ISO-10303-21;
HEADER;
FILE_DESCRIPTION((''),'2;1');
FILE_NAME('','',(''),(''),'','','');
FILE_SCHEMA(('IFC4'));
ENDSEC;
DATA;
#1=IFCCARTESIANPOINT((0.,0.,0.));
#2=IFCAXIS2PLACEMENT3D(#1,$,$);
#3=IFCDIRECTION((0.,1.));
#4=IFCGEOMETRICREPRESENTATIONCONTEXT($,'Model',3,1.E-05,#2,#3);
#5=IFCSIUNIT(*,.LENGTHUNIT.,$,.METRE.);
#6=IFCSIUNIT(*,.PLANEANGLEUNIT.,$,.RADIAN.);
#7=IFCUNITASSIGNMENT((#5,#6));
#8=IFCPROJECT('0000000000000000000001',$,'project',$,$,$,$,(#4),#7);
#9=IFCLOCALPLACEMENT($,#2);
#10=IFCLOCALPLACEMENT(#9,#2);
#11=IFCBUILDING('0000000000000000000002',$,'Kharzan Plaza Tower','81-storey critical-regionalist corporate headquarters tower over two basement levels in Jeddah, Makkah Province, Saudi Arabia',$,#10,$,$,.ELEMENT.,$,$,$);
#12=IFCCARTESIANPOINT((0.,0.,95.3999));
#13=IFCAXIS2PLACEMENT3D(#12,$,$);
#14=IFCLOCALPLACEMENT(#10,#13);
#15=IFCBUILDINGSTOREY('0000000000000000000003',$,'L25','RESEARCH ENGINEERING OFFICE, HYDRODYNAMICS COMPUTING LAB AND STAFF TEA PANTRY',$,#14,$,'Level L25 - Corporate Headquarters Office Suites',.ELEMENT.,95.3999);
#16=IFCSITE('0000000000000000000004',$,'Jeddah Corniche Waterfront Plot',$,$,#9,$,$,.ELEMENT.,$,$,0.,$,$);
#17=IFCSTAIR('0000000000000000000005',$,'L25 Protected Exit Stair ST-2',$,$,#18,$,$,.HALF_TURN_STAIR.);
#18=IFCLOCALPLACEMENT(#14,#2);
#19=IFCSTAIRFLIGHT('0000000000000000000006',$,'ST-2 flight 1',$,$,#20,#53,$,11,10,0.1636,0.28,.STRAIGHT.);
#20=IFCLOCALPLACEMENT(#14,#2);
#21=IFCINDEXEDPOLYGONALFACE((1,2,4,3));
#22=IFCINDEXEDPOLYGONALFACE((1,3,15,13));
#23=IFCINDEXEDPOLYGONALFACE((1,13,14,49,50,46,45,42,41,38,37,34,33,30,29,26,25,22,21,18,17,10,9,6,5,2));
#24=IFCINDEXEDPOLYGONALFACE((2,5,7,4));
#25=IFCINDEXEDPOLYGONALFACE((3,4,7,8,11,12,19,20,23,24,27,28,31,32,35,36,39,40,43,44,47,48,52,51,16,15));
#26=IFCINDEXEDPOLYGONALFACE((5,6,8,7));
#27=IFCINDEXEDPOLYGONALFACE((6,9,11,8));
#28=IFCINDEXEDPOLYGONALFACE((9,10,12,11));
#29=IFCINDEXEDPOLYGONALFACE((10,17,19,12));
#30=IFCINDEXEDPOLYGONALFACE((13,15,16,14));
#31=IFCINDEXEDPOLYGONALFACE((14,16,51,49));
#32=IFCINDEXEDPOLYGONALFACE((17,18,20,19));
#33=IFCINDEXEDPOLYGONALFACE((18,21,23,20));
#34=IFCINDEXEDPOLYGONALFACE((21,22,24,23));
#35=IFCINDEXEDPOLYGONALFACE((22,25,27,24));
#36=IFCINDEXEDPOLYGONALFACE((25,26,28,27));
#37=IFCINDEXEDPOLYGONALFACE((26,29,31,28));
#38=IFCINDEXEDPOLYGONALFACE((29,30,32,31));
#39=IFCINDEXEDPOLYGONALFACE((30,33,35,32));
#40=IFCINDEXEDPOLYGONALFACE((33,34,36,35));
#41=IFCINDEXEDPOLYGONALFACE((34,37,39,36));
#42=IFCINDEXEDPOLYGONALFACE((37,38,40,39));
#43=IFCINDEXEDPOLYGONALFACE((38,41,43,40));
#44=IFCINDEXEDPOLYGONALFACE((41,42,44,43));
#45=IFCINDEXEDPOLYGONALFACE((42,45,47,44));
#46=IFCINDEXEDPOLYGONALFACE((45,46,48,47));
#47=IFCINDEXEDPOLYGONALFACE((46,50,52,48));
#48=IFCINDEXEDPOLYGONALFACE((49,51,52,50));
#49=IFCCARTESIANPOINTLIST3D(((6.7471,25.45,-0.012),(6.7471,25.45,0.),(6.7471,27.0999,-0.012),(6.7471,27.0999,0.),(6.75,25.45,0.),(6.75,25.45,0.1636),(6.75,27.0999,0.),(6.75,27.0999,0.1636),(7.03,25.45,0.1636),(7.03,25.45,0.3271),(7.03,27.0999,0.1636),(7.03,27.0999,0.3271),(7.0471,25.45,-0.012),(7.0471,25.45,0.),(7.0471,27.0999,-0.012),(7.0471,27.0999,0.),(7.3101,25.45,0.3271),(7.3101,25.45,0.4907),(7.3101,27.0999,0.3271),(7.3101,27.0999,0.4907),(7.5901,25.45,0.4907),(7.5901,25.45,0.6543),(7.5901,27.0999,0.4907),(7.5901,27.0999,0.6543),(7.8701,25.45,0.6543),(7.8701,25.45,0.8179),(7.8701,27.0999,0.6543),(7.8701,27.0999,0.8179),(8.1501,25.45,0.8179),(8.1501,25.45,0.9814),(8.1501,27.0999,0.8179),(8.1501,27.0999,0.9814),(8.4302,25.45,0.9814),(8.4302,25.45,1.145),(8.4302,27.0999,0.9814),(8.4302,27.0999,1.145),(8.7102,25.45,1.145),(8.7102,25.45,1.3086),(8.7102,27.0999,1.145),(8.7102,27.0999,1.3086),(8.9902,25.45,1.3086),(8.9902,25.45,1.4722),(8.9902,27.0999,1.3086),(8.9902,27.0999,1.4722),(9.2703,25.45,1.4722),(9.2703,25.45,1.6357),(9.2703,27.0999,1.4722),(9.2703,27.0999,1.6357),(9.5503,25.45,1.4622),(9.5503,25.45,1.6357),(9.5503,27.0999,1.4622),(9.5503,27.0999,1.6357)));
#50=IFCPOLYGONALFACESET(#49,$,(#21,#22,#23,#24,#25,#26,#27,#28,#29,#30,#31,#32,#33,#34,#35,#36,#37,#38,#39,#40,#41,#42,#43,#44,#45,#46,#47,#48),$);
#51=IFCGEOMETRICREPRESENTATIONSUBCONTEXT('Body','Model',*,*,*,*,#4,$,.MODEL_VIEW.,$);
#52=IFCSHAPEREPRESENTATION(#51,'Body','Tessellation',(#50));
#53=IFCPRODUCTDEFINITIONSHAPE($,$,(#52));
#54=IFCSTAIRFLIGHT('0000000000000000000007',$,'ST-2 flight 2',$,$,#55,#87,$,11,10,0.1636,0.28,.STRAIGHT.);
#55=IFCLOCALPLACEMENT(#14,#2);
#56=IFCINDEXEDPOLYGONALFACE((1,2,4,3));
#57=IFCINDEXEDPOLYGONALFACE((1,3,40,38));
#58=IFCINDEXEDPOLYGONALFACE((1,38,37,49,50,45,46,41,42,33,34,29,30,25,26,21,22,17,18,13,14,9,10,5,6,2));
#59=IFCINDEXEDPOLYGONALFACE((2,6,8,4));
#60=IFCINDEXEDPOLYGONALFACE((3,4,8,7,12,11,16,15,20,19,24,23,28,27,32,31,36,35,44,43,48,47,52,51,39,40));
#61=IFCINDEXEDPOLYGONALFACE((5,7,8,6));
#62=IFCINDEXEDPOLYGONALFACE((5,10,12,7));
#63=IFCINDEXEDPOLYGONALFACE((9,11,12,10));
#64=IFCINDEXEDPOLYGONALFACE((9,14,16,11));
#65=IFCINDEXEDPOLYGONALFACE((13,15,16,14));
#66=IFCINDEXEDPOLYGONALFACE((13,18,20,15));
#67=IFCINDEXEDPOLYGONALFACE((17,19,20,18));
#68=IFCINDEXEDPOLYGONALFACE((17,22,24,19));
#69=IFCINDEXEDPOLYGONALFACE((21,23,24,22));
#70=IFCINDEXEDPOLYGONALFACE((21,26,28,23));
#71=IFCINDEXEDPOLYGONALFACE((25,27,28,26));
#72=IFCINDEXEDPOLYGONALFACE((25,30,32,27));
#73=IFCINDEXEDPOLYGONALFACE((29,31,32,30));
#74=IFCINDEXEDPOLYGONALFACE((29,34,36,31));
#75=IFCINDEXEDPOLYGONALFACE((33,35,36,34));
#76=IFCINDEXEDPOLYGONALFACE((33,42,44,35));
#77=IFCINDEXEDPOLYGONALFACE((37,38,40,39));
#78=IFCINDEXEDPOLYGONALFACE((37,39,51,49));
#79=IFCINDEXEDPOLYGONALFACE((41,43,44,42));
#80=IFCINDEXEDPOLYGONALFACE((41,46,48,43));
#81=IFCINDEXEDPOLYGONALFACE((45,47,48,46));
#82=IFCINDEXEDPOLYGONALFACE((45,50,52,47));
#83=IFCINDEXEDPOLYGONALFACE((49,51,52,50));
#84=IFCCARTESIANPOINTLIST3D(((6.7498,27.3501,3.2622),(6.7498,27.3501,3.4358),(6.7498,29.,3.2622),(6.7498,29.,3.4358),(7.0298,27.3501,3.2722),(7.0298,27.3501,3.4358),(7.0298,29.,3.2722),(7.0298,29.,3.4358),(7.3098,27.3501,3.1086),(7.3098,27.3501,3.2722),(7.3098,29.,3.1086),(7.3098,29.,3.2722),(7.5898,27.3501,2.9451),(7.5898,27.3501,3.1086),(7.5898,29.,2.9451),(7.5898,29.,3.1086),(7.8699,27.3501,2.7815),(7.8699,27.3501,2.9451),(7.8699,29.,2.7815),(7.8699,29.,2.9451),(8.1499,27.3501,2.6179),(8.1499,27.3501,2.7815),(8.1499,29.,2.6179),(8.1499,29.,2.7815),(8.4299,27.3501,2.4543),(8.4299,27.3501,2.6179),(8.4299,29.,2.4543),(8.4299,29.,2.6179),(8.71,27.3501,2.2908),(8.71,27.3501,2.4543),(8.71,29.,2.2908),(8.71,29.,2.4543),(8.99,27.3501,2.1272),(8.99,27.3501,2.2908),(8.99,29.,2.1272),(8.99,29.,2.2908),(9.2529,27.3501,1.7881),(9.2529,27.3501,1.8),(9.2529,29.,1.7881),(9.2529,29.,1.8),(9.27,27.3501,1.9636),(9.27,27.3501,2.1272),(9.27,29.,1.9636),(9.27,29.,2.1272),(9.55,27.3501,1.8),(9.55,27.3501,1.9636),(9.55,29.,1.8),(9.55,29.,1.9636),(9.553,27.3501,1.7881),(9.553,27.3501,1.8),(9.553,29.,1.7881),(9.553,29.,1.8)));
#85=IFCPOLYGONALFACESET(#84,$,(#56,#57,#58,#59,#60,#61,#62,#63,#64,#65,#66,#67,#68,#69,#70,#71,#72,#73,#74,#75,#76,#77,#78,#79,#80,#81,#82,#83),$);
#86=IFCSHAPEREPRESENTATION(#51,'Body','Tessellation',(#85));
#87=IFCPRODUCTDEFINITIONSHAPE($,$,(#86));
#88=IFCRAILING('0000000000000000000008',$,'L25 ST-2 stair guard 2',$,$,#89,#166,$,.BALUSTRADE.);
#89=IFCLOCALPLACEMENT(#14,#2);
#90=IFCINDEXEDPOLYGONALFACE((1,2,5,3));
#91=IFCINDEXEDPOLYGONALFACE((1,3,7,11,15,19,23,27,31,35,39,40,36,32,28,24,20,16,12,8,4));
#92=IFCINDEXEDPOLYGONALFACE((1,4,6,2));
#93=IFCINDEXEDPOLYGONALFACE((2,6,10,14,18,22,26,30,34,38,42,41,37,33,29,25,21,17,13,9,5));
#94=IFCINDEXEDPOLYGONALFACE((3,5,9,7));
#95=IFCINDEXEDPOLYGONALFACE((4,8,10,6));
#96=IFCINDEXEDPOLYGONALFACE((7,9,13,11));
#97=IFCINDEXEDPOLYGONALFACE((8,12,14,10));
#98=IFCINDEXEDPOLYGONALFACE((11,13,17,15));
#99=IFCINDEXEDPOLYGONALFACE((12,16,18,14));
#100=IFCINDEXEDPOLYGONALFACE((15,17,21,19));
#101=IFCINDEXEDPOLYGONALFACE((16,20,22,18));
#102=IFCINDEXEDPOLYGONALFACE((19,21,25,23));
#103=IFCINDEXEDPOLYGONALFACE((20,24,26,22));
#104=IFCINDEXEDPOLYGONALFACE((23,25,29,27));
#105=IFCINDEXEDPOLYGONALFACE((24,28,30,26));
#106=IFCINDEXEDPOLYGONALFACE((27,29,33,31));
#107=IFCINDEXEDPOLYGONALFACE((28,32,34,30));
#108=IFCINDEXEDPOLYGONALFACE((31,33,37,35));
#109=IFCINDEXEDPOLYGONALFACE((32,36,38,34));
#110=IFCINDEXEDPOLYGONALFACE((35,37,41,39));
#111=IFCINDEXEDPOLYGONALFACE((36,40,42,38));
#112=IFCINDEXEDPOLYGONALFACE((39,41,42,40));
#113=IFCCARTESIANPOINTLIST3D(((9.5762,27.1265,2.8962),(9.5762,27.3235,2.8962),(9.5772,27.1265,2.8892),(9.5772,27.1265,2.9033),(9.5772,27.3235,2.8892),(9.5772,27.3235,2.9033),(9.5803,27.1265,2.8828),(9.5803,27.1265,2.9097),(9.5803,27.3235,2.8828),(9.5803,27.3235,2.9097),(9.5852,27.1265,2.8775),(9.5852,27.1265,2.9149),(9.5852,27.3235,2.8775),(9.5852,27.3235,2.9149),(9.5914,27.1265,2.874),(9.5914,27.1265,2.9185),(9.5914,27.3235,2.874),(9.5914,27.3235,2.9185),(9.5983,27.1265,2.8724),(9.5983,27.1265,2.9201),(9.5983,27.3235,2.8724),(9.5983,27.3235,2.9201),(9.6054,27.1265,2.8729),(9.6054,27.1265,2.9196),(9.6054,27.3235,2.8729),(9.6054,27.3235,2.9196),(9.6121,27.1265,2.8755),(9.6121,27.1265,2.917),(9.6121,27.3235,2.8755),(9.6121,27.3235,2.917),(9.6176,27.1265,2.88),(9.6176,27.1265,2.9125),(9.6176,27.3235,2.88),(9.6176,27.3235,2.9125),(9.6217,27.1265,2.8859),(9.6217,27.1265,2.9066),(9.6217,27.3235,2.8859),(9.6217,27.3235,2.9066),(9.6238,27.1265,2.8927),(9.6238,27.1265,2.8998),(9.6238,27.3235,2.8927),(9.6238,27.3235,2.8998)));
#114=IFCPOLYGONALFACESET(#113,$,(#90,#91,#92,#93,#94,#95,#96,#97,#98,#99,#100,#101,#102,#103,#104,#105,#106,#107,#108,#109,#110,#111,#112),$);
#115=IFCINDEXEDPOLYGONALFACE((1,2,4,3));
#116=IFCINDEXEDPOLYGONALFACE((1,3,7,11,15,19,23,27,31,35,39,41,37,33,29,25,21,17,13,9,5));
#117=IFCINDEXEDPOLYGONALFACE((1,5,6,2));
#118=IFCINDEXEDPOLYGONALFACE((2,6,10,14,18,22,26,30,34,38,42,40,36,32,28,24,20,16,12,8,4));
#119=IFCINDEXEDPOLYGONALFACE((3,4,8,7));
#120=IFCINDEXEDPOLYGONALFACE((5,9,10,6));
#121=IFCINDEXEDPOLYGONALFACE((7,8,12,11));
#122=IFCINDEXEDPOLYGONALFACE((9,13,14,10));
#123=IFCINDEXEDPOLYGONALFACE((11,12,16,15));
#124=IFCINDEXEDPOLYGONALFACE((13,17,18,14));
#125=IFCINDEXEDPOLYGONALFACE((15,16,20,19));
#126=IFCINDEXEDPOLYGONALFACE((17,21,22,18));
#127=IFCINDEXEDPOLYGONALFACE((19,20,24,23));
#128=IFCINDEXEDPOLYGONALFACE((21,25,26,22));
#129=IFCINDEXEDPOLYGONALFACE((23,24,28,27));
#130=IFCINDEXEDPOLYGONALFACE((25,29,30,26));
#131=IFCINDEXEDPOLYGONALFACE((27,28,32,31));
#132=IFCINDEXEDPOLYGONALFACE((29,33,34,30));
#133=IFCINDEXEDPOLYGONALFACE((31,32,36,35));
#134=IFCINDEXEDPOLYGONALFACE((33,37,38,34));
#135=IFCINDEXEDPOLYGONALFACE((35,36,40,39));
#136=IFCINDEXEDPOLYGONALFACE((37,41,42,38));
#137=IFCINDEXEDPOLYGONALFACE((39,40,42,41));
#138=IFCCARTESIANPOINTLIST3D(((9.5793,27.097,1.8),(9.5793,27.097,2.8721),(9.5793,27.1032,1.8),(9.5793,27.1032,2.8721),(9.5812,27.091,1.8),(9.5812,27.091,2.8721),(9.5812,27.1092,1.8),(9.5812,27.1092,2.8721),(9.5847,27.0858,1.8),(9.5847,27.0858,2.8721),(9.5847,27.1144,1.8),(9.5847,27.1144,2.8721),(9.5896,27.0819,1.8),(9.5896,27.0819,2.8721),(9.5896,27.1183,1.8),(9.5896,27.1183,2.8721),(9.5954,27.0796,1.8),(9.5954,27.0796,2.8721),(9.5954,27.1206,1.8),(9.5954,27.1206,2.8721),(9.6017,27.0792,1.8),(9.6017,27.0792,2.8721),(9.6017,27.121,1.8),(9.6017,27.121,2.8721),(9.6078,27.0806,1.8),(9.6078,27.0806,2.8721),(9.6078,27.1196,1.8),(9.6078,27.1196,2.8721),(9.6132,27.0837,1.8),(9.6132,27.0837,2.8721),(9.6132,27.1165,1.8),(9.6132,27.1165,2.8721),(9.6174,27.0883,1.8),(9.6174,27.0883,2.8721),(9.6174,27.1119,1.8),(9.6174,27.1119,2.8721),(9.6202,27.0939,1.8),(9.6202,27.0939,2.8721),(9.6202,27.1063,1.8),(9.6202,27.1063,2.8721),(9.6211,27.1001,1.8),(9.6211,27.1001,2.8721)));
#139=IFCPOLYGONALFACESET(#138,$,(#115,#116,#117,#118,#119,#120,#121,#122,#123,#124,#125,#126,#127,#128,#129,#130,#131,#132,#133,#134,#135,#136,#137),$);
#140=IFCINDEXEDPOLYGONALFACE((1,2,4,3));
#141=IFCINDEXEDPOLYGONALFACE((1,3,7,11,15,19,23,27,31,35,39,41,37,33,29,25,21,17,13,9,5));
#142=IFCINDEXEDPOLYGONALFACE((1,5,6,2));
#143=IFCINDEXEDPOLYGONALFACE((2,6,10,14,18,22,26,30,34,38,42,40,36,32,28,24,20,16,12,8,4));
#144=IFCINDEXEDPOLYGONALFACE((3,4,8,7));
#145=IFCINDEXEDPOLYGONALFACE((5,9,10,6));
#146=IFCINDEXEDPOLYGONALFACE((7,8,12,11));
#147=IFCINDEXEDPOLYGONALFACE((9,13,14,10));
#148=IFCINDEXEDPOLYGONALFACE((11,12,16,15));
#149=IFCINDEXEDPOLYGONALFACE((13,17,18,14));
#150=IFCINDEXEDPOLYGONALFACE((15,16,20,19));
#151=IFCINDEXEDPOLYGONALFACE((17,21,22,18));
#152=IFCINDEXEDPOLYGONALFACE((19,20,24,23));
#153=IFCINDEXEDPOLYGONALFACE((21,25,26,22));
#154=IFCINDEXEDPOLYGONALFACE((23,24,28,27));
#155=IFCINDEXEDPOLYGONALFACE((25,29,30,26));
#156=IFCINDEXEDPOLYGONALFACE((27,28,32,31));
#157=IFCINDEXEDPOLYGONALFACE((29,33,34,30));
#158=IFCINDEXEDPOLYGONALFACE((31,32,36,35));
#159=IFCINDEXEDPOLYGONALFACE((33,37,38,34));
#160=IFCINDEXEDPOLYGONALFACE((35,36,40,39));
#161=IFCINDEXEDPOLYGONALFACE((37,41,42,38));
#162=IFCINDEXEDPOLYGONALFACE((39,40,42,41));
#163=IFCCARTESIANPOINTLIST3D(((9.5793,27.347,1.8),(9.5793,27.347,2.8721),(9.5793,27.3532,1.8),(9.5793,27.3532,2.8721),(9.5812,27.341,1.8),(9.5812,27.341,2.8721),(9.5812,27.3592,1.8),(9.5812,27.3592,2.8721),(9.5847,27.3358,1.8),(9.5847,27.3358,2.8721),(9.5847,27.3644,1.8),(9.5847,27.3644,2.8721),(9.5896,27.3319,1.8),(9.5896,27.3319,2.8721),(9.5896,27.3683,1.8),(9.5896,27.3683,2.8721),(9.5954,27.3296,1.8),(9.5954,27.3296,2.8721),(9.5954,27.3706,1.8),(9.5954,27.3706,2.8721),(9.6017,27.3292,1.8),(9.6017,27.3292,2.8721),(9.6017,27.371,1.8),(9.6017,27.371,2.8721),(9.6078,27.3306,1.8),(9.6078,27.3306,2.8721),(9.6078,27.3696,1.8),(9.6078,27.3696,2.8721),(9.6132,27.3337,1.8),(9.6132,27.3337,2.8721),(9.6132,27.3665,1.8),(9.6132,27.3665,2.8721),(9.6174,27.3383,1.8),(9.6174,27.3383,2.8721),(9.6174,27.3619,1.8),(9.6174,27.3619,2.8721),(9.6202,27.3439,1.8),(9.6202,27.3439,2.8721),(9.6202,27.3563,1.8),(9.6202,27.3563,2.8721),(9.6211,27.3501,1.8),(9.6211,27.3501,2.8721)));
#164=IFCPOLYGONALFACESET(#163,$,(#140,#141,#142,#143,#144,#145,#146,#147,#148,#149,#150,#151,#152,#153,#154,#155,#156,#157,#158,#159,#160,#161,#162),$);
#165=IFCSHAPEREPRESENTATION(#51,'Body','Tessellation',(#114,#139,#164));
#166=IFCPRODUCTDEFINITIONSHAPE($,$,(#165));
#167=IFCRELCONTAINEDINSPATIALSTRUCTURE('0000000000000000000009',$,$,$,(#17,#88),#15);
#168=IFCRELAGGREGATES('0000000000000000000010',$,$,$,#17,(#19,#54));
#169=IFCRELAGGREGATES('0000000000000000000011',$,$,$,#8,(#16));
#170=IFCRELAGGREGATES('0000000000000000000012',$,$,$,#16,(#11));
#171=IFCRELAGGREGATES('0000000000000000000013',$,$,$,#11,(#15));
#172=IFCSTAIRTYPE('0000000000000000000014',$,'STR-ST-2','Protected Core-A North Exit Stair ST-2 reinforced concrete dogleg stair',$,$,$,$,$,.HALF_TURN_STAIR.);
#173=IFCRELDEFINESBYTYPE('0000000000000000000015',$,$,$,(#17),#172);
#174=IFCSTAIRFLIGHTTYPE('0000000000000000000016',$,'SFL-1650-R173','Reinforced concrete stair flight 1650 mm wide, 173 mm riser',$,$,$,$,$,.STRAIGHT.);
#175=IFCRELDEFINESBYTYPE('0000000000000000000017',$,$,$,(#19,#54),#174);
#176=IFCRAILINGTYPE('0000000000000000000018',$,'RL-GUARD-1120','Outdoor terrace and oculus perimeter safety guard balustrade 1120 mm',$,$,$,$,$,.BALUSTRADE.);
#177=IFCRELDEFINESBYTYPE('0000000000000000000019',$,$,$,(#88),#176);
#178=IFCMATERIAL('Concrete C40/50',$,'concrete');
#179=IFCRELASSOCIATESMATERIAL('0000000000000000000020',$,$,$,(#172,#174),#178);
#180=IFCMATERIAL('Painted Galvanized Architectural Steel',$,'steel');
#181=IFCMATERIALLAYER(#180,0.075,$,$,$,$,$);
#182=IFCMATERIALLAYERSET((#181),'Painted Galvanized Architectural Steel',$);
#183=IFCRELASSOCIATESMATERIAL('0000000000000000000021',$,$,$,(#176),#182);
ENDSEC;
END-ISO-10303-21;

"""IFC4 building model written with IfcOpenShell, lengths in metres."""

from ifc_helpers import new_model, si_unit, direction, frame, origin, origin_2d, place, context, subcontext, project, spatial, polyline, circle, outline, extrude, source, transform, mapped, material, layer, layer_set, type_object, element, aggregate, save


model = new_model("IFC4")

# Units and contexts
model_context = context("Model", 3, precision=1e-05, world=origin(), true_north=direction((0.0, 1.0)))
body_context = subcontext(model_context, "Body", "Model", "MODEL_VIEW")
ifc_project = project(units=[si_unit("LENGTHUNIT", "METRE"), si_unit("PLANEANGLEUNIT", "RADIAN")], contexts=[model_context])

# Site, building, storey
site_placement = place(None, origin())
site = spatial("IfcSite", under=ifc_project, at=site_placement, Name="Jeddah Corniche Waterfront Plot", CompositionType="ELEMENT", RefElevation=0.0)
building_placement = place(site_placement, origin())
building = spatial("IfcBuilding", under=site, at=building_placement, Name="Kharzan Plaza Tower", Description="81-storey critical-regionalist corporate headquarters tower over two basement levels in Jeddah, Makkah Province, Saudi Arabia", CompositionType="ELEMENT")
storey_placement = place(building_placement, frame((0.0, 0.0, 95.3999)))
storey = spatial("IfcBuildingStorey", under=building, at=storey_placement, Name="L25", Description="RESEARCH ENGINEERING OFFICE, HYDRODYNAMICS COMPUTING LAB AND STAFF TEA PANTRY", LongName="Level L25 - Corporate Headquarters Office Suites", CompositionType="ELEMENT", Elevation=95.3999)

# Shared definitions
ifc_material_1 = material(Name="Concrete C40/50", Category="concrete")

# Stair, stair flights
stair_type = type_object("IfcStairType", Name="STR-ST-2", Description="Protected Core-A North Exit Stair ST-2 reinforced concrete dogleg stair", PredefinedType="HALF_TURN_STAIR", material=ifc_material_1)
stair_placement = place(storey_placement, origin())
stair = element("IfcStair", 1, at=stair_placement, inside=storey, type_object=stair_type, Name="L25 Protected Exit Stair ST-2", PredefinedType="HALF_TURN_STAIR")
stair_flight_type = type_object("IfcStairFlightType", Name="SFL-1650-R173", Description="Reinforced concrete stair flight 1650 mm wide, 173 mm riser", PredefinedType="STRAIGHT", material=ifc_material_1)
shared_shape_1 = source(origin(), body_context, "Body", "SweptSolid", [
    extrude(outline(polyline([(-0.0029, -0.012), (-0.0029, 0.0), (0.0, 0.0), (0.0, 0.1636), (0.28, 0.1636), (0.28, 0.3271), (0.5601, 0.3271), (0.5601, 0.4907), (0.8401, 0.4907), (0.8401, 0.6543), (1.1201, 0.6543), (1.1201, 0.8179), (1.4001, 0.8179), (1.4001, 0.9814), (1.6802, 0.9814), (1.6802, 1.145), (1.9602, 1.145), (1.9602, 1.3086), (2.2402, 1.3086), (2.2402, 1.4722), (2.5203, 1.4722), (2.5203, 1.6357), (2.8003, 1.6357), (2.8003, 1.7993), (2.8003, 1.4622), (0.2971, 0.0), (0.2971, -0.012), (-0.0029, -0.012)])), frame((0.0, 0.825, 0.0), z_axis=(0.0, -1.0, 0.0), x_axis=(1.0, 0.0, 0.0)), (0.0, 0.0, 1.0), 1.6499),
])
stair_flight_1_placement = place(storey_placement, frame((6.75, 26.2749, 0.0), z_axis=(0.0, 0.0, 1.0), x_axis=(1.0, 0.0, 0.0)))
stair_flight_1 = element("IfcStairFlight", 2, at=stair_flight_1_placement, type_object=stair_flight_type, Name="ST-2 flight 1", NumberOfRisers=11, NumberOfTreads=10, PredefinedType="STRAIGHT", RiserHeight=0.1636, TreadLength=0.28, context=body_context, shape_type="MappedRepresentation", body=[
    mapped(shared_shape_1, transform((0.0, 0.0, 0.0), x_axis=(1.0, 0.0, 0.0), y_axis=(0.0, 1.0, 0.0), z_axis=(0.0, 0.0, 1.0))),
])
stair_flight_2_placement = place(storey_placement, frame((9.55, 28.175, 1.8), z_axis=(0.0, 0.0, 1.0), x_axis=(-1.0, 0.0, 0.0)))
stair_flight_2 = element("IfcStairFlight", 3, at=stair_flight_2_placement, type_object=stair_flight_type, Name="ST-2 flight 2", NumberOfRisers=11, NumberOfTreads=10, PredefinedType="STRAIGHT", RiserHeight=0.1636, TreadLength=0.28, context=body_context, shape_type="MappedRepresentation", body=[
    mapped(shared_shape_1, transform((0.0, 0.0, 0.0), x_axis=(1.0, 0.0, 0.0), y_axis=(0.0, 1.0, 0.0), z_axis=(0.0, 0.0, 1.0))),
])
aggregate(stair, [stair_flight_1, stair_flight_2])

# Railing
ifc_material_2 = material(Name="Painted Galvanized Architectural Steel", Category="steel")
ifc_layer_1 = layer(ifc_material_2, 0.075)
ifc_layer_set_1 = layer_set([ifc_layer_1], Name="Painted Galvanized Architectural Steel")
railing_type_1 = type_object("IfcRailingType", Name="RL-GUARD-1120", Description="Outdoor terrace and oculus perimeter safety guard balustrade 1120 mm", PredefinedType="BALUSTRADE", material=ifc_layer_set_1)
shared_shape_2 = source(origin(), body_context, "Body", "SweptSolid", [
    extrude(circle(Radius=0.0239, at=origin_2d()), frame((0.0, 0.0264, 1.0962), z_axis=(0.0, 1.0, 0.0), x_axis=(-1.0, 0.0, 0.0)), (0.0, 0.0, 1.0), 0.197),
    extrude(circle(Radius=0.021, at=origin_2d()), origin(), (0.0, 0.0, 1.0), 1.072),
    extrude(circle(Radius=0.021, at=origin_2d()), frame((0.0, 0.25, 0.0)), (0.0, 0.0, 1.0), 1.072),
])
for number, where, name in (
    (4, (9.6001, 27.1001, 1.8), "L25 ST-2 stair guard 2"),
):
    element("IfcRailing", number, at=place(storey_placement, frame(where)), inside=storey, type_object=railing_type_1, Name=name, PredefinedType="BALUSTRADE", context=body_context, shape_type="MappedRepresentation", body=[
        mapped(shared_shape_2, transform((0.0, 0.0, 0.0), x_axis=(1.0, 0.0, 0.0), y_axis=(0.0, 1.0, 0.0), z_axis=(0.0, 0.0, 1.0))),
    ])

save(model, "model.ifc")
